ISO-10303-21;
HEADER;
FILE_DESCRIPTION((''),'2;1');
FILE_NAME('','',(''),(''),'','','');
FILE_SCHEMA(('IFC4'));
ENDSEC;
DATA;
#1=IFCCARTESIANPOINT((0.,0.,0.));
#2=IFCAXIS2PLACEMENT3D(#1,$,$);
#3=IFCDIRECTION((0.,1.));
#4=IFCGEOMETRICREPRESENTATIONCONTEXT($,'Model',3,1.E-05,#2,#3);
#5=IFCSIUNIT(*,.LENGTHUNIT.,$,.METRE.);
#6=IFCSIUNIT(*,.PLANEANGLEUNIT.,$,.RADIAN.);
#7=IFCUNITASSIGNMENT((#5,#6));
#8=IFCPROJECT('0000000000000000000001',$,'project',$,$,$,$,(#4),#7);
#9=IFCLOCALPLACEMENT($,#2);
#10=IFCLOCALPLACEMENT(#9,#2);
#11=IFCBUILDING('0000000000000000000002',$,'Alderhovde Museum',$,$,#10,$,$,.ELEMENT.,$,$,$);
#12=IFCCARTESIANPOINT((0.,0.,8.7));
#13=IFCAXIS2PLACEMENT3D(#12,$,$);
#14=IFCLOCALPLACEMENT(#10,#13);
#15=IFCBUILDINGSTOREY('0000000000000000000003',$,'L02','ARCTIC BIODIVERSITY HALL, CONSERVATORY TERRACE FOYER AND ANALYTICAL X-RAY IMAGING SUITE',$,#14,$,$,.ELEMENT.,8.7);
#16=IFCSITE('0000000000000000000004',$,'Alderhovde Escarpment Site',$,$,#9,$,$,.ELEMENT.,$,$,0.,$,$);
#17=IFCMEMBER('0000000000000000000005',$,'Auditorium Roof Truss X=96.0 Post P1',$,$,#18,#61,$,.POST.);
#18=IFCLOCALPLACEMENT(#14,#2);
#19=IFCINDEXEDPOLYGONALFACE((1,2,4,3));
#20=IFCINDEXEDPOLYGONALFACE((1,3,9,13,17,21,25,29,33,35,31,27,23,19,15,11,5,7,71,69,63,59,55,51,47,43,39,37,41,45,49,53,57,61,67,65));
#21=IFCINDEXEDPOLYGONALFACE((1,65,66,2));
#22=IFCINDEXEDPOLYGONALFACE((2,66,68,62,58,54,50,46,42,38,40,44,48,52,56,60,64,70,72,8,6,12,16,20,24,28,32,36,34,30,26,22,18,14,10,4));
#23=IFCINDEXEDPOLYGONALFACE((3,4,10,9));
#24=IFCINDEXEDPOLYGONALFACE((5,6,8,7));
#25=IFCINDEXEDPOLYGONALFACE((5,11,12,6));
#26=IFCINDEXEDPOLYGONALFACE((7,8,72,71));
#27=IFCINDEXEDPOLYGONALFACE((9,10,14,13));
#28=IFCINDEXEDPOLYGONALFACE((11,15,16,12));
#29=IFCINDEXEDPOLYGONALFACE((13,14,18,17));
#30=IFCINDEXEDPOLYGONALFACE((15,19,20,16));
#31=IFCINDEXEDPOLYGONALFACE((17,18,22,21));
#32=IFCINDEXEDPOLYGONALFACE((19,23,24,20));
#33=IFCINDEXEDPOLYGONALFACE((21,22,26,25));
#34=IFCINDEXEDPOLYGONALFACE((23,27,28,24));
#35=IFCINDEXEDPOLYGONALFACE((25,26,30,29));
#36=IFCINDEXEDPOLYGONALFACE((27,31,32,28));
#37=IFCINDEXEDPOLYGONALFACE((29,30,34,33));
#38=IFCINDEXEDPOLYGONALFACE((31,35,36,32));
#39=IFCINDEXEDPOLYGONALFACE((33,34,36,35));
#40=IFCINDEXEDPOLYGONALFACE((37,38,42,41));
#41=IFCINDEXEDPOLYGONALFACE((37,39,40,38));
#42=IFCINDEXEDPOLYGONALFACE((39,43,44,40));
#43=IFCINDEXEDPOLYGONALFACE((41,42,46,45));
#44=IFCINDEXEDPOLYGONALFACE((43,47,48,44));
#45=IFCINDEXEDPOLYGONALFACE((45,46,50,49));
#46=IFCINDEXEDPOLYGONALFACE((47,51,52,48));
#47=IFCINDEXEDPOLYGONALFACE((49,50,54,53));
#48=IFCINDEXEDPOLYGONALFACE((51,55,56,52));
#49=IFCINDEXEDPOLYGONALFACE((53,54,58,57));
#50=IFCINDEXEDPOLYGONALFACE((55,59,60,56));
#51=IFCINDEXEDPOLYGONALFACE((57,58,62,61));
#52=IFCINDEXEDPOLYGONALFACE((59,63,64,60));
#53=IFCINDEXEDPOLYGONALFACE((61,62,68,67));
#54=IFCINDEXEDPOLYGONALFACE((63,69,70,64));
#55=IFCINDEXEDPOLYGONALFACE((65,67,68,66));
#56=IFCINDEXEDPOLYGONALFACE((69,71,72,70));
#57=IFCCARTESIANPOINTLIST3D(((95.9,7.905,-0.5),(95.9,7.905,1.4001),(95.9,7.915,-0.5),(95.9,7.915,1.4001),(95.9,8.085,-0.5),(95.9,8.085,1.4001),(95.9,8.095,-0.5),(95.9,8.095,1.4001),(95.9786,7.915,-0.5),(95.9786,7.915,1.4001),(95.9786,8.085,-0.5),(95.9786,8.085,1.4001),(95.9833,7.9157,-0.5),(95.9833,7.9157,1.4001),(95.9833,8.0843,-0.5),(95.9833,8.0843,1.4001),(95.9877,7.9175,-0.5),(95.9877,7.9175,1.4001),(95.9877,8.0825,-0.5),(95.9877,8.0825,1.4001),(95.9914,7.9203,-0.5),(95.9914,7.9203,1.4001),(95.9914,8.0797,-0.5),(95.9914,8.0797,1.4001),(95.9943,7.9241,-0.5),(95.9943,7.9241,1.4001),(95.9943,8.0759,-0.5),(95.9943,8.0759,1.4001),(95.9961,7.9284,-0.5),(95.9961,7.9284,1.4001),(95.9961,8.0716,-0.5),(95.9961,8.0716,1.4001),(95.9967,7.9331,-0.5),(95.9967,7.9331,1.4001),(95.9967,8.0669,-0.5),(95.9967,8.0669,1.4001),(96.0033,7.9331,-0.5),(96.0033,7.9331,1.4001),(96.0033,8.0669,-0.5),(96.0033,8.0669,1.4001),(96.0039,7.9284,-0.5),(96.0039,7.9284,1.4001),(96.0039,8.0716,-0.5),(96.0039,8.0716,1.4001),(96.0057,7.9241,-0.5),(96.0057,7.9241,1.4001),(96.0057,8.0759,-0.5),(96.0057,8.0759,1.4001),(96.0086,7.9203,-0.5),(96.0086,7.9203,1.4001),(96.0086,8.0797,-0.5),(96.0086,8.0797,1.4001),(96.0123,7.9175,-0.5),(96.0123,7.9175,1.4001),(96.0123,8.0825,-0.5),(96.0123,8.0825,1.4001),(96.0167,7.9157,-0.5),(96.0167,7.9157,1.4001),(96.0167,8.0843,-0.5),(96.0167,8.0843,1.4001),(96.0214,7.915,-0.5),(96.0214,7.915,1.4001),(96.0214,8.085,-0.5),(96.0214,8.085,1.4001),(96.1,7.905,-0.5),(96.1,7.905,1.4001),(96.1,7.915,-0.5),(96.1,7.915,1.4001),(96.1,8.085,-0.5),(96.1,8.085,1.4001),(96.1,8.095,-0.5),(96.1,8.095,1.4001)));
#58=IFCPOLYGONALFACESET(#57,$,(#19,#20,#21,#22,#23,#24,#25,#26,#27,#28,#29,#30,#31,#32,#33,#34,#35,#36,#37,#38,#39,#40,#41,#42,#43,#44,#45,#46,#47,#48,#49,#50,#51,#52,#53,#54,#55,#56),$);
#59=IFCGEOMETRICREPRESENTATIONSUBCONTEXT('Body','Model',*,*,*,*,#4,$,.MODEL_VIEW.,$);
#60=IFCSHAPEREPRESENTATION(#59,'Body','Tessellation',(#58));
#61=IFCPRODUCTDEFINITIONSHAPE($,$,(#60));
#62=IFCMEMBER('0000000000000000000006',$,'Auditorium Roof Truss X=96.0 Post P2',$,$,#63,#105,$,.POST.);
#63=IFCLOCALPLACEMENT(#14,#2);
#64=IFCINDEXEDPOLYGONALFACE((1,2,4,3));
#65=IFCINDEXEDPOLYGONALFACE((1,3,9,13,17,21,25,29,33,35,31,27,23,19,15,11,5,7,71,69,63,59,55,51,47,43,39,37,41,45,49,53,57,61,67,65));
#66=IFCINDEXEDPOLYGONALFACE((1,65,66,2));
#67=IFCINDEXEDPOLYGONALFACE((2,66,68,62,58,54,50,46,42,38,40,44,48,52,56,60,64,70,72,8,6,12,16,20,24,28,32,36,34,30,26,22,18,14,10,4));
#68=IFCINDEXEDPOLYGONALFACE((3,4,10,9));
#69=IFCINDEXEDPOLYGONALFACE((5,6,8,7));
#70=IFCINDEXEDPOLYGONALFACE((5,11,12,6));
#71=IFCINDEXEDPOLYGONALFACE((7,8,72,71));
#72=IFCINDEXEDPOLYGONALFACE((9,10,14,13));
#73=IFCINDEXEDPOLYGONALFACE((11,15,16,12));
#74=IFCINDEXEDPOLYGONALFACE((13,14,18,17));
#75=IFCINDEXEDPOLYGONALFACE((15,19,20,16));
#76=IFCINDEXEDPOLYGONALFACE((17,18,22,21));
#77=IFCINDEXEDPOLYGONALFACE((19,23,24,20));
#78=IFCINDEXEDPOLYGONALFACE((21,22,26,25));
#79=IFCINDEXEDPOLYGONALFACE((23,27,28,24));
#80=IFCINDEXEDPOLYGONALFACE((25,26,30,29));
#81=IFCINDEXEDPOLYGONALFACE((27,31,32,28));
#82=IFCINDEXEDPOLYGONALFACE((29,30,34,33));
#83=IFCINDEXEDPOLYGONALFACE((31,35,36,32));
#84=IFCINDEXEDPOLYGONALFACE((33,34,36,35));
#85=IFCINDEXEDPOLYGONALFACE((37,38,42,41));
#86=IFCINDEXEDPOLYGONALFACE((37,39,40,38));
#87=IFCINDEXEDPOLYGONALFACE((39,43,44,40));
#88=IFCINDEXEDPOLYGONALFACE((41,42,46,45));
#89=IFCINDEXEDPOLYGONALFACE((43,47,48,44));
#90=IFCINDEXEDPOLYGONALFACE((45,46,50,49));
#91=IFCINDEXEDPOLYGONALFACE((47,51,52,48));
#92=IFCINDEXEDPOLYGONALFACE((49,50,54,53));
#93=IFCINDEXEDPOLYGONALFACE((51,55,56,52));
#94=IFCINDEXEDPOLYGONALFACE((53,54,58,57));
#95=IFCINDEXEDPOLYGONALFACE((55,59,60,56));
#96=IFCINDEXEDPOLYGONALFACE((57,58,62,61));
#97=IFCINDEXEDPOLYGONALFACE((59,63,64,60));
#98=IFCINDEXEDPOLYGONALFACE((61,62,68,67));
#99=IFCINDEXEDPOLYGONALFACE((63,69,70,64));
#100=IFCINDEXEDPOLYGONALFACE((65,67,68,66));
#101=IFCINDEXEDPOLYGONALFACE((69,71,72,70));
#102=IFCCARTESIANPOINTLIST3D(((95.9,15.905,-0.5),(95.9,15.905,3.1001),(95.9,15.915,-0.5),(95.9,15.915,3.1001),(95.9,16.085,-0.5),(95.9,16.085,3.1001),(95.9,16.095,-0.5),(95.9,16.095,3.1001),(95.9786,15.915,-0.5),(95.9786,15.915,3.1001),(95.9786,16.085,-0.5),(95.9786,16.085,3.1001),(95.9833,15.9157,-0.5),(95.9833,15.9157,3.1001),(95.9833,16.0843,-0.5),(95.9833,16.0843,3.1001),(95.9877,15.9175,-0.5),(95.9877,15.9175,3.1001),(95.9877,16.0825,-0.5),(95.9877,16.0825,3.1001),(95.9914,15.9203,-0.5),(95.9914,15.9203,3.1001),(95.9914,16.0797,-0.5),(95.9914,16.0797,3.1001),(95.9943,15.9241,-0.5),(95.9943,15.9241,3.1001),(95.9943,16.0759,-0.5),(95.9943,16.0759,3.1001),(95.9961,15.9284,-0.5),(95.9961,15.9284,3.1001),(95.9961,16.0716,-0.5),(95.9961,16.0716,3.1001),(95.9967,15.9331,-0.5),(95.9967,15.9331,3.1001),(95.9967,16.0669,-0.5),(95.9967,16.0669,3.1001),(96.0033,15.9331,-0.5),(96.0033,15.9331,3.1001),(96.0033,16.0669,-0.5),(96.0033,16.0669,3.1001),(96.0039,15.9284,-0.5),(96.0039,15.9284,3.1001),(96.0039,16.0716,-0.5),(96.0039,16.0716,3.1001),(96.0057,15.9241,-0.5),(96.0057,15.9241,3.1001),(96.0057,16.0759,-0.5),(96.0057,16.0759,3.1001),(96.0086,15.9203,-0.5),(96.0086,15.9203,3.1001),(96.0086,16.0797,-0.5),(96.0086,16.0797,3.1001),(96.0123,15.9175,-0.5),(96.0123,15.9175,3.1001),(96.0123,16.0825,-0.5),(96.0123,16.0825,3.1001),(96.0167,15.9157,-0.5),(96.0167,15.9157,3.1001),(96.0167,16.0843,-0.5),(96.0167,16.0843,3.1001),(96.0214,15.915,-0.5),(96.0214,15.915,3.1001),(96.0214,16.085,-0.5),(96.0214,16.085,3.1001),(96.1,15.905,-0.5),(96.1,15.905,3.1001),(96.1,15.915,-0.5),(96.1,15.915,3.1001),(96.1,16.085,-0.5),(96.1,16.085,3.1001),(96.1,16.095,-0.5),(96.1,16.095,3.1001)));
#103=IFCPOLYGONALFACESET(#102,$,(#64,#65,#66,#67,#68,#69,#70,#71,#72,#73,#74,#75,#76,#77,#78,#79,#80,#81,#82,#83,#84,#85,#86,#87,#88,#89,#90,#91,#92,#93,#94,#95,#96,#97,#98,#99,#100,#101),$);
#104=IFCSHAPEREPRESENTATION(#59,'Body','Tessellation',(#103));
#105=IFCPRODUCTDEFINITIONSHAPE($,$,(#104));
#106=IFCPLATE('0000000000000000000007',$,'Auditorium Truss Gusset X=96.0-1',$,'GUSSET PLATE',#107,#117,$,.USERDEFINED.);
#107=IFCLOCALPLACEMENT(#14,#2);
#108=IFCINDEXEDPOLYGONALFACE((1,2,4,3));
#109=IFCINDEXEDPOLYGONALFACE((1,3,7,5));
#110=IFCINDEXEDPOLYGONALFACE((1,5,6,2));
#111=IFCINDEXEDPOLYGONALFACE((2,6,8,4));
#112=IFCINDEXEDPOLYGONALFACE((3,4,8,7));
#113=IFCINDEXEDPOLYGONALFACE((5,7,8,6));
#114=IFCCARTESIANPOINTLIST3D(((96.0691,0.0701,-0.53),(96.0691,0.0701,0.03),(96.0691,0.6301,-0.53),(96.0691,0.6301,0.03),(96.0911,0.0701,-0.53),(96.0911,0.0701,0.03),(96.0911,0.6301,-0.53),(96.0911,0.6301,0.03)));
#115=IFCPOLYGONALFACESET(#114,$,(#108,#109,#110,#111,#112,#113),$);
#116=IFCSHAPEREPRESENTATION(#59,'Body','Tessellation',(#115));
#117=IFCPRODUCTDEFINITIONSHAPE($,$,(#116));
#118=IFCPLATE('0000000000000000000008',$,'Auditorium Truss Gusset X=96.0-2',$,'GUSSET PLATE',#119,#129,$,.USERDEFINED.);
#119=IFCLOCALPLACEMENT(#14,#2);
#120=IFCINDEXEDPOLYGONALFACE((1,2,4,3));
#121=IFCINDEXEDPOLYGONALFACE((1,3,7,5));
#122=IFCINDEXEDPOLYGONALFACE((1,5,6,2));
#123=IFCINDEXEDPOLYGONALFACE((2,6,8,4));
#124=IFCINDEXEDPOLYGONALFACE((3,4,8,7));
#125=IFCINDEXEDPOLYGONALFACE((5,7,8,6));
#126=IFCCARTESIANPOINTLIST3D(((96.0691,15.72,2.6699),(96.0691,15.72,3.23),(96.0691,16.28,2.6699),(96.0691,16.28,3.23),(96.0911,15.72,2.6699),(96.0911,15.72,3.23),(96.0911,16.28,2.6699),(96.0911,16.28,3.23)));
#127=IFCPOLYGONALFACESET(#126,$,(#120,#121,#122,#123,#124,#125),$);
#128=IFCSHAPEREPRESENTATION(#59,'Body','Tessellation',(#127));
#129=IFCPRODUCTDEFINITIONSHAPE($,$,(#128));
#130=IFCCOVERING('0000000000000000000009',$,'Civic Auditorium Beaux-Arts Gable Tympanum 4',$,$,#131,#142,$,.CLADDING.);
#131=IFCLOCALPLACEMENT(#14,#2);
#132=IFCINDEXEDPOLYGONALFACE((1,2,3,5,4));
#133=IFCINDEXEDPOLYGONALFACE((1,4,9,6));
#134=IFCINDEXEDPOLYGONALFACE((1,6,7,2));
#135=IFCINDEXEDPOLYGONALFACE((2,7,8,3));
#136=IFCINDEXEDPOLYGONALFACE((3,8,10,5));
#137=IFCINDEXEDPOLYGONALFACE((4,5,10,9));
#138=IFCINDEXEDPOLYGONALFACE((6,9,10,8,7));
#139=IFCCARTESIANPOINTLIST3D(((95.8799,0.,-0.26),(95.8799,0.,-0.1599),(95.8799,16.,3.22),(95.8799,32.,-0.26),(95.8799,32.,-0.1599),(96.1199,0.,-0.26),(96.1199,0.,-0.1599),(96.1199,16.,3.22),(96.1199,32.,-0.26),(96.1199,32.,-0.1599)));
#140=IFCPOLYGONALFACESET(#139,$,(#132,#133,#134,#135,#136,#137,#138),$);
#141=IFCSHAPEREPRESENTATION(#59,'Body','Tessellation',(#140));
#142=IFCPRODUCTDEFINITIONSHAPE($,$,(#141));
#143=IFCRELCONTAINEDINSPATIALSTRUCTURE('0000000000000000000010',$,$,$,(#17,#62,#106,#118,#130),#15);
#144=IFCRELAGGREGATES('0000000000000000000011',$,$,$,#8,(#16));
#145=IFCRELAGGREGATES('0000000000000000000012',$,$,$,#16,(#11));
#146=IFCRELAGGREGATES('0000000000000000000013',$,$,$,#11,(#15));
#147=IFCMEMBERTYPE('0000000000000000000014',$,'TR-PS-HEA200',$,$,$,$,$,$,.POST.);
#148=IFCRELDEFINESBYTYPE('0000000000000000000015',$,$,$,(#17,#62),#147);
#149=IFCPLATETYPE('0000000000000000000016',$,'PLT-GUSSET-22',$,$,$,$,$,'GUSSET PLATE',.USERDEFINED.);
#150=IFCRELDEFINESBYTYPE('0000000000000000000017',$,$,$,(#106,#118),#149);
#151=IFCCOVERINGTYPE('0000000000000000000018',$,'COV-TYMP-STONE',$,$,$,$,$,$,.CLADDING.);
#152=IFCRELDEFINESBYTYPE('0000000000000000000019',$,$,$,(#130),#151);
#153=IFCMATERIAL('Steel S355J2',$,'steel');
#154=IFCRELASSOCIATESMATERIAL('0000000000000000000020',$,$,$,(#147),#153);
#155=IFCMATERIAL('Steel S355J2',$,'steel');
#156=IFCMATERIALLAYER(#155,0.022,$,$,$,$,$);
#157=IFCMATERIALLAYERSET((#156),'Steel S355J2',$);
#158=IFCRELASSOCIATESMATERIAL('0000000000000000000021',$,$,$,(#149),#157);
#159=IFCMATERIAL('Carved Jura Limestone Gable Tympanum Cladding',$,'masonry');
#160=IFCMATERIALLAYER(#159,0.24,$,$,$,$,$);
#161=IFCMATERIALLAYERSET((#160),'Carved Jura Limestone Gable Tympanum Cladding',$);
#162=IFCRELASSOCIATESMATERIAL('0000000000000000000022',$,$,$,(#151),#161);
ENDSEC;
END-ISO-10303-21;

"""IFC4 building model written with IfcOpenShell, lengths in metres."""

from ifc_helpers import new_model, si_unit, direction, frame, origin, origin_2d, place, context, subcontext, project, spatial, polyline, rectangle, i_section, outline, extrude, material, layer, layer_set, material_profile, profile_set, type_object, element, save


model = new_model("IFC4")

# Units and contexts
model_context = context("Model", 3, precision=1e-05, world=origin(), true_north=direction((0.0, 1.0)))
body_context = subcontext(model_context, "Body", "Model", "MODEL_VIEW")
ifc_project = project(units=[si_unit("LENGTHUNIT", "METRE"), si_unit("PLANEANGLEUNIT", "RADIAN")], contexts=[model_context])

# Site, building, storey
site_placement = place(None, origin())
site = spatial("IfcSite", under=ifc_project, at=site_placement, Name="Alderhovde Escarpment Site", CompositionType="ELEMENT", RefElevation=0.0)
building_placement = place(site_placement, origin())
building = spatial("IfcBuilding", under=site, at=building_placement, Name="Alderhovde Museum", CompositionType="ELEMENT")
storey_placement = place(building_placement, frame((0.0, 0.0, 8.7)))
storey = spatial("IfcBuildingStorey", under=building, at=storey_placement, Name="L02", Description="ARCTIC BIODIVERSITY HALL, CONSERVATORY TERRACE FOYER AND ANALYTICAL X-RAY IMAGING SUITE", CompositionType="ELEMENT", Elevation=8.7)

# Members
ifc_material_1 = material(Name="Steel S355J2", Category="steel")
ifc_material_profile_1 = material_profile(ifc_material_1, i_section(OverallWidth=0.2, OverallDepth=0.1899, WebThickness=0.0066, FlangeThickness=0.01, FilletRadius=0.0181, at=origin_2d()), Name="HEA 200")
ifc_profile_set_1 = profile_set([ifc_material_profile_1], Name="Steel S355J2")
member_type_1 = type_object("IfcMemberType", Name="TR-PS-HEA200", PredefinedType="POST", material=ifc_profile_set_1)
member_1_placement = place(storey_placement, frame((96.0, 8.0, -0.5), z_axis=(0.0, 0.0, 1.0), x_axis=(1.0, 0.0, 0.0)))
element("IfcMember", 1, at=member_1_placement, inside=storey, type_object=member_type_1, Name="Auditorium Roof Truss X=96.0 Post P1", PredefinedType="POST", context=body_context, shape_type="SweptSolid", body=[
    extrude(i_section(OverallWidth=0.2, OverallDepth=0.1899, WebThickness=0.0066, FlangeThickness=0.01, FilletRadius=0.0181, at=origin_2d()), origin(), (0.0, 0.0, 1.0), 1.9001),
])
member_2_placement = place(storey_placement, frame((96.0, 16.0, -0.5), z_axis=(0.0, 0.0, 1.0), x_axis=(1.0, 0.0, 0.0)))
element("IfcMember", 2, at=member_2_placement, inside=storey, type_object=member_type_1, Name="Auditorium Roof Truss X=96.0 Post P2", PredefinedType="POST", context=body_context, shape_type="SweptSolid", body=[
    extrude(i_section(OverallWidth=0.2, OverallDepth=0.1899, WebThickness=0.0066, FlangeThickness=0.01, FilletRadius=0.0181, at=origin_2d()), origin(), (0.0, 0.0, 1.0), 3.6001),
])

# Plates
ifc_material_2 = material(Name="Steel S355J2", Category="steel")
ifc_layer_1 = layer(ifc_material_2, 0.022)
ifc_layer_set_1 = layer_set([ifc_layer_1], Name="Steel S355J2")
plate_type = type_object("IfcPlateType", Name="PLT-GUSSET-22", ElementType="GUSSET PLATE", PredefinedType="USERDEFINED", material=ifc_layer_set_1)
for number, where, z_axis, x_axis, name in (
    (3, (96.0801, 0.3501, -0.53), (0.0, 0.0, 1.0), (1.0, 0.0, 0.0), "Auditorium Truss Gusset X=96.0-1"),
    (4, (96.0801, 16.0, 2.6699), (0.0, 0.0, 1.0), (1.0, 0.0, 0.0), "Auditorium Truss Gusset X=96.0-2"),
):
    element("IfcPlate", number, at=place(storey_placement, frame(where, z_axis=z_axis, x_axis=x_axis)), inside=storey, type_object=plate_type, Name=name, ObjectType="GUSSET PLATE", PredefinedType="USERDEFINED", context=body_context, shape_type="SweptSolid", body=[
        extrude(rectangle(XDim=0.022, YDim=0.5601, at=origin_2d()), origin(), (0.0, 0.0, 1.0), 0.5601),
    ])

# Covering
ifc_material_3 = material(Name="Carved Jura Limestone Gable Tympanum Cladding", Category="masonry")
ifc_layer_2 = layer(ifc_material_3, 0.24)
ifc_layer_set_2 = layer_set([ifc_layer_2], Name="Carved Jura Limestone Gable Tympanum Cladding")
covering_type = type_object("IfcCoveringType", Name="COV-TYMP-STONE", PredefinedType="CLADDING", material=ifc_layer_set_2)
covering_placement = place(storey_placement, frame((96.0, 0.0, -0.26), z_axis=(0.0, 0.0, 1.0), x_axis=(0.0, 1.0, 0.0)))
element("IfcCovering", 5, at=covering_placement, inside=storey, type_object=covering_type, Name="Civic Auditorium Beaux-Arts Gable Tympanum 4", PredefinedType="CLADDING", context=body_context, shape_type="SweptSolid", body=[
    extrude(outline(polyline([(0.0, 0.0), (32.0, 0.0), (32.0, 0.1001), (16.0, 3.48), (0.0, 0.1001), (0.0, 0.0)])), frame((0.0, 0.1201, 0.0), z_axis=(0.0, -1.0, 0.0), x_axis=(1.0, 0.0, 0.0)), (0.0, 0.0, 1.0), 0.24),
])

save(model, "model.ifc")
